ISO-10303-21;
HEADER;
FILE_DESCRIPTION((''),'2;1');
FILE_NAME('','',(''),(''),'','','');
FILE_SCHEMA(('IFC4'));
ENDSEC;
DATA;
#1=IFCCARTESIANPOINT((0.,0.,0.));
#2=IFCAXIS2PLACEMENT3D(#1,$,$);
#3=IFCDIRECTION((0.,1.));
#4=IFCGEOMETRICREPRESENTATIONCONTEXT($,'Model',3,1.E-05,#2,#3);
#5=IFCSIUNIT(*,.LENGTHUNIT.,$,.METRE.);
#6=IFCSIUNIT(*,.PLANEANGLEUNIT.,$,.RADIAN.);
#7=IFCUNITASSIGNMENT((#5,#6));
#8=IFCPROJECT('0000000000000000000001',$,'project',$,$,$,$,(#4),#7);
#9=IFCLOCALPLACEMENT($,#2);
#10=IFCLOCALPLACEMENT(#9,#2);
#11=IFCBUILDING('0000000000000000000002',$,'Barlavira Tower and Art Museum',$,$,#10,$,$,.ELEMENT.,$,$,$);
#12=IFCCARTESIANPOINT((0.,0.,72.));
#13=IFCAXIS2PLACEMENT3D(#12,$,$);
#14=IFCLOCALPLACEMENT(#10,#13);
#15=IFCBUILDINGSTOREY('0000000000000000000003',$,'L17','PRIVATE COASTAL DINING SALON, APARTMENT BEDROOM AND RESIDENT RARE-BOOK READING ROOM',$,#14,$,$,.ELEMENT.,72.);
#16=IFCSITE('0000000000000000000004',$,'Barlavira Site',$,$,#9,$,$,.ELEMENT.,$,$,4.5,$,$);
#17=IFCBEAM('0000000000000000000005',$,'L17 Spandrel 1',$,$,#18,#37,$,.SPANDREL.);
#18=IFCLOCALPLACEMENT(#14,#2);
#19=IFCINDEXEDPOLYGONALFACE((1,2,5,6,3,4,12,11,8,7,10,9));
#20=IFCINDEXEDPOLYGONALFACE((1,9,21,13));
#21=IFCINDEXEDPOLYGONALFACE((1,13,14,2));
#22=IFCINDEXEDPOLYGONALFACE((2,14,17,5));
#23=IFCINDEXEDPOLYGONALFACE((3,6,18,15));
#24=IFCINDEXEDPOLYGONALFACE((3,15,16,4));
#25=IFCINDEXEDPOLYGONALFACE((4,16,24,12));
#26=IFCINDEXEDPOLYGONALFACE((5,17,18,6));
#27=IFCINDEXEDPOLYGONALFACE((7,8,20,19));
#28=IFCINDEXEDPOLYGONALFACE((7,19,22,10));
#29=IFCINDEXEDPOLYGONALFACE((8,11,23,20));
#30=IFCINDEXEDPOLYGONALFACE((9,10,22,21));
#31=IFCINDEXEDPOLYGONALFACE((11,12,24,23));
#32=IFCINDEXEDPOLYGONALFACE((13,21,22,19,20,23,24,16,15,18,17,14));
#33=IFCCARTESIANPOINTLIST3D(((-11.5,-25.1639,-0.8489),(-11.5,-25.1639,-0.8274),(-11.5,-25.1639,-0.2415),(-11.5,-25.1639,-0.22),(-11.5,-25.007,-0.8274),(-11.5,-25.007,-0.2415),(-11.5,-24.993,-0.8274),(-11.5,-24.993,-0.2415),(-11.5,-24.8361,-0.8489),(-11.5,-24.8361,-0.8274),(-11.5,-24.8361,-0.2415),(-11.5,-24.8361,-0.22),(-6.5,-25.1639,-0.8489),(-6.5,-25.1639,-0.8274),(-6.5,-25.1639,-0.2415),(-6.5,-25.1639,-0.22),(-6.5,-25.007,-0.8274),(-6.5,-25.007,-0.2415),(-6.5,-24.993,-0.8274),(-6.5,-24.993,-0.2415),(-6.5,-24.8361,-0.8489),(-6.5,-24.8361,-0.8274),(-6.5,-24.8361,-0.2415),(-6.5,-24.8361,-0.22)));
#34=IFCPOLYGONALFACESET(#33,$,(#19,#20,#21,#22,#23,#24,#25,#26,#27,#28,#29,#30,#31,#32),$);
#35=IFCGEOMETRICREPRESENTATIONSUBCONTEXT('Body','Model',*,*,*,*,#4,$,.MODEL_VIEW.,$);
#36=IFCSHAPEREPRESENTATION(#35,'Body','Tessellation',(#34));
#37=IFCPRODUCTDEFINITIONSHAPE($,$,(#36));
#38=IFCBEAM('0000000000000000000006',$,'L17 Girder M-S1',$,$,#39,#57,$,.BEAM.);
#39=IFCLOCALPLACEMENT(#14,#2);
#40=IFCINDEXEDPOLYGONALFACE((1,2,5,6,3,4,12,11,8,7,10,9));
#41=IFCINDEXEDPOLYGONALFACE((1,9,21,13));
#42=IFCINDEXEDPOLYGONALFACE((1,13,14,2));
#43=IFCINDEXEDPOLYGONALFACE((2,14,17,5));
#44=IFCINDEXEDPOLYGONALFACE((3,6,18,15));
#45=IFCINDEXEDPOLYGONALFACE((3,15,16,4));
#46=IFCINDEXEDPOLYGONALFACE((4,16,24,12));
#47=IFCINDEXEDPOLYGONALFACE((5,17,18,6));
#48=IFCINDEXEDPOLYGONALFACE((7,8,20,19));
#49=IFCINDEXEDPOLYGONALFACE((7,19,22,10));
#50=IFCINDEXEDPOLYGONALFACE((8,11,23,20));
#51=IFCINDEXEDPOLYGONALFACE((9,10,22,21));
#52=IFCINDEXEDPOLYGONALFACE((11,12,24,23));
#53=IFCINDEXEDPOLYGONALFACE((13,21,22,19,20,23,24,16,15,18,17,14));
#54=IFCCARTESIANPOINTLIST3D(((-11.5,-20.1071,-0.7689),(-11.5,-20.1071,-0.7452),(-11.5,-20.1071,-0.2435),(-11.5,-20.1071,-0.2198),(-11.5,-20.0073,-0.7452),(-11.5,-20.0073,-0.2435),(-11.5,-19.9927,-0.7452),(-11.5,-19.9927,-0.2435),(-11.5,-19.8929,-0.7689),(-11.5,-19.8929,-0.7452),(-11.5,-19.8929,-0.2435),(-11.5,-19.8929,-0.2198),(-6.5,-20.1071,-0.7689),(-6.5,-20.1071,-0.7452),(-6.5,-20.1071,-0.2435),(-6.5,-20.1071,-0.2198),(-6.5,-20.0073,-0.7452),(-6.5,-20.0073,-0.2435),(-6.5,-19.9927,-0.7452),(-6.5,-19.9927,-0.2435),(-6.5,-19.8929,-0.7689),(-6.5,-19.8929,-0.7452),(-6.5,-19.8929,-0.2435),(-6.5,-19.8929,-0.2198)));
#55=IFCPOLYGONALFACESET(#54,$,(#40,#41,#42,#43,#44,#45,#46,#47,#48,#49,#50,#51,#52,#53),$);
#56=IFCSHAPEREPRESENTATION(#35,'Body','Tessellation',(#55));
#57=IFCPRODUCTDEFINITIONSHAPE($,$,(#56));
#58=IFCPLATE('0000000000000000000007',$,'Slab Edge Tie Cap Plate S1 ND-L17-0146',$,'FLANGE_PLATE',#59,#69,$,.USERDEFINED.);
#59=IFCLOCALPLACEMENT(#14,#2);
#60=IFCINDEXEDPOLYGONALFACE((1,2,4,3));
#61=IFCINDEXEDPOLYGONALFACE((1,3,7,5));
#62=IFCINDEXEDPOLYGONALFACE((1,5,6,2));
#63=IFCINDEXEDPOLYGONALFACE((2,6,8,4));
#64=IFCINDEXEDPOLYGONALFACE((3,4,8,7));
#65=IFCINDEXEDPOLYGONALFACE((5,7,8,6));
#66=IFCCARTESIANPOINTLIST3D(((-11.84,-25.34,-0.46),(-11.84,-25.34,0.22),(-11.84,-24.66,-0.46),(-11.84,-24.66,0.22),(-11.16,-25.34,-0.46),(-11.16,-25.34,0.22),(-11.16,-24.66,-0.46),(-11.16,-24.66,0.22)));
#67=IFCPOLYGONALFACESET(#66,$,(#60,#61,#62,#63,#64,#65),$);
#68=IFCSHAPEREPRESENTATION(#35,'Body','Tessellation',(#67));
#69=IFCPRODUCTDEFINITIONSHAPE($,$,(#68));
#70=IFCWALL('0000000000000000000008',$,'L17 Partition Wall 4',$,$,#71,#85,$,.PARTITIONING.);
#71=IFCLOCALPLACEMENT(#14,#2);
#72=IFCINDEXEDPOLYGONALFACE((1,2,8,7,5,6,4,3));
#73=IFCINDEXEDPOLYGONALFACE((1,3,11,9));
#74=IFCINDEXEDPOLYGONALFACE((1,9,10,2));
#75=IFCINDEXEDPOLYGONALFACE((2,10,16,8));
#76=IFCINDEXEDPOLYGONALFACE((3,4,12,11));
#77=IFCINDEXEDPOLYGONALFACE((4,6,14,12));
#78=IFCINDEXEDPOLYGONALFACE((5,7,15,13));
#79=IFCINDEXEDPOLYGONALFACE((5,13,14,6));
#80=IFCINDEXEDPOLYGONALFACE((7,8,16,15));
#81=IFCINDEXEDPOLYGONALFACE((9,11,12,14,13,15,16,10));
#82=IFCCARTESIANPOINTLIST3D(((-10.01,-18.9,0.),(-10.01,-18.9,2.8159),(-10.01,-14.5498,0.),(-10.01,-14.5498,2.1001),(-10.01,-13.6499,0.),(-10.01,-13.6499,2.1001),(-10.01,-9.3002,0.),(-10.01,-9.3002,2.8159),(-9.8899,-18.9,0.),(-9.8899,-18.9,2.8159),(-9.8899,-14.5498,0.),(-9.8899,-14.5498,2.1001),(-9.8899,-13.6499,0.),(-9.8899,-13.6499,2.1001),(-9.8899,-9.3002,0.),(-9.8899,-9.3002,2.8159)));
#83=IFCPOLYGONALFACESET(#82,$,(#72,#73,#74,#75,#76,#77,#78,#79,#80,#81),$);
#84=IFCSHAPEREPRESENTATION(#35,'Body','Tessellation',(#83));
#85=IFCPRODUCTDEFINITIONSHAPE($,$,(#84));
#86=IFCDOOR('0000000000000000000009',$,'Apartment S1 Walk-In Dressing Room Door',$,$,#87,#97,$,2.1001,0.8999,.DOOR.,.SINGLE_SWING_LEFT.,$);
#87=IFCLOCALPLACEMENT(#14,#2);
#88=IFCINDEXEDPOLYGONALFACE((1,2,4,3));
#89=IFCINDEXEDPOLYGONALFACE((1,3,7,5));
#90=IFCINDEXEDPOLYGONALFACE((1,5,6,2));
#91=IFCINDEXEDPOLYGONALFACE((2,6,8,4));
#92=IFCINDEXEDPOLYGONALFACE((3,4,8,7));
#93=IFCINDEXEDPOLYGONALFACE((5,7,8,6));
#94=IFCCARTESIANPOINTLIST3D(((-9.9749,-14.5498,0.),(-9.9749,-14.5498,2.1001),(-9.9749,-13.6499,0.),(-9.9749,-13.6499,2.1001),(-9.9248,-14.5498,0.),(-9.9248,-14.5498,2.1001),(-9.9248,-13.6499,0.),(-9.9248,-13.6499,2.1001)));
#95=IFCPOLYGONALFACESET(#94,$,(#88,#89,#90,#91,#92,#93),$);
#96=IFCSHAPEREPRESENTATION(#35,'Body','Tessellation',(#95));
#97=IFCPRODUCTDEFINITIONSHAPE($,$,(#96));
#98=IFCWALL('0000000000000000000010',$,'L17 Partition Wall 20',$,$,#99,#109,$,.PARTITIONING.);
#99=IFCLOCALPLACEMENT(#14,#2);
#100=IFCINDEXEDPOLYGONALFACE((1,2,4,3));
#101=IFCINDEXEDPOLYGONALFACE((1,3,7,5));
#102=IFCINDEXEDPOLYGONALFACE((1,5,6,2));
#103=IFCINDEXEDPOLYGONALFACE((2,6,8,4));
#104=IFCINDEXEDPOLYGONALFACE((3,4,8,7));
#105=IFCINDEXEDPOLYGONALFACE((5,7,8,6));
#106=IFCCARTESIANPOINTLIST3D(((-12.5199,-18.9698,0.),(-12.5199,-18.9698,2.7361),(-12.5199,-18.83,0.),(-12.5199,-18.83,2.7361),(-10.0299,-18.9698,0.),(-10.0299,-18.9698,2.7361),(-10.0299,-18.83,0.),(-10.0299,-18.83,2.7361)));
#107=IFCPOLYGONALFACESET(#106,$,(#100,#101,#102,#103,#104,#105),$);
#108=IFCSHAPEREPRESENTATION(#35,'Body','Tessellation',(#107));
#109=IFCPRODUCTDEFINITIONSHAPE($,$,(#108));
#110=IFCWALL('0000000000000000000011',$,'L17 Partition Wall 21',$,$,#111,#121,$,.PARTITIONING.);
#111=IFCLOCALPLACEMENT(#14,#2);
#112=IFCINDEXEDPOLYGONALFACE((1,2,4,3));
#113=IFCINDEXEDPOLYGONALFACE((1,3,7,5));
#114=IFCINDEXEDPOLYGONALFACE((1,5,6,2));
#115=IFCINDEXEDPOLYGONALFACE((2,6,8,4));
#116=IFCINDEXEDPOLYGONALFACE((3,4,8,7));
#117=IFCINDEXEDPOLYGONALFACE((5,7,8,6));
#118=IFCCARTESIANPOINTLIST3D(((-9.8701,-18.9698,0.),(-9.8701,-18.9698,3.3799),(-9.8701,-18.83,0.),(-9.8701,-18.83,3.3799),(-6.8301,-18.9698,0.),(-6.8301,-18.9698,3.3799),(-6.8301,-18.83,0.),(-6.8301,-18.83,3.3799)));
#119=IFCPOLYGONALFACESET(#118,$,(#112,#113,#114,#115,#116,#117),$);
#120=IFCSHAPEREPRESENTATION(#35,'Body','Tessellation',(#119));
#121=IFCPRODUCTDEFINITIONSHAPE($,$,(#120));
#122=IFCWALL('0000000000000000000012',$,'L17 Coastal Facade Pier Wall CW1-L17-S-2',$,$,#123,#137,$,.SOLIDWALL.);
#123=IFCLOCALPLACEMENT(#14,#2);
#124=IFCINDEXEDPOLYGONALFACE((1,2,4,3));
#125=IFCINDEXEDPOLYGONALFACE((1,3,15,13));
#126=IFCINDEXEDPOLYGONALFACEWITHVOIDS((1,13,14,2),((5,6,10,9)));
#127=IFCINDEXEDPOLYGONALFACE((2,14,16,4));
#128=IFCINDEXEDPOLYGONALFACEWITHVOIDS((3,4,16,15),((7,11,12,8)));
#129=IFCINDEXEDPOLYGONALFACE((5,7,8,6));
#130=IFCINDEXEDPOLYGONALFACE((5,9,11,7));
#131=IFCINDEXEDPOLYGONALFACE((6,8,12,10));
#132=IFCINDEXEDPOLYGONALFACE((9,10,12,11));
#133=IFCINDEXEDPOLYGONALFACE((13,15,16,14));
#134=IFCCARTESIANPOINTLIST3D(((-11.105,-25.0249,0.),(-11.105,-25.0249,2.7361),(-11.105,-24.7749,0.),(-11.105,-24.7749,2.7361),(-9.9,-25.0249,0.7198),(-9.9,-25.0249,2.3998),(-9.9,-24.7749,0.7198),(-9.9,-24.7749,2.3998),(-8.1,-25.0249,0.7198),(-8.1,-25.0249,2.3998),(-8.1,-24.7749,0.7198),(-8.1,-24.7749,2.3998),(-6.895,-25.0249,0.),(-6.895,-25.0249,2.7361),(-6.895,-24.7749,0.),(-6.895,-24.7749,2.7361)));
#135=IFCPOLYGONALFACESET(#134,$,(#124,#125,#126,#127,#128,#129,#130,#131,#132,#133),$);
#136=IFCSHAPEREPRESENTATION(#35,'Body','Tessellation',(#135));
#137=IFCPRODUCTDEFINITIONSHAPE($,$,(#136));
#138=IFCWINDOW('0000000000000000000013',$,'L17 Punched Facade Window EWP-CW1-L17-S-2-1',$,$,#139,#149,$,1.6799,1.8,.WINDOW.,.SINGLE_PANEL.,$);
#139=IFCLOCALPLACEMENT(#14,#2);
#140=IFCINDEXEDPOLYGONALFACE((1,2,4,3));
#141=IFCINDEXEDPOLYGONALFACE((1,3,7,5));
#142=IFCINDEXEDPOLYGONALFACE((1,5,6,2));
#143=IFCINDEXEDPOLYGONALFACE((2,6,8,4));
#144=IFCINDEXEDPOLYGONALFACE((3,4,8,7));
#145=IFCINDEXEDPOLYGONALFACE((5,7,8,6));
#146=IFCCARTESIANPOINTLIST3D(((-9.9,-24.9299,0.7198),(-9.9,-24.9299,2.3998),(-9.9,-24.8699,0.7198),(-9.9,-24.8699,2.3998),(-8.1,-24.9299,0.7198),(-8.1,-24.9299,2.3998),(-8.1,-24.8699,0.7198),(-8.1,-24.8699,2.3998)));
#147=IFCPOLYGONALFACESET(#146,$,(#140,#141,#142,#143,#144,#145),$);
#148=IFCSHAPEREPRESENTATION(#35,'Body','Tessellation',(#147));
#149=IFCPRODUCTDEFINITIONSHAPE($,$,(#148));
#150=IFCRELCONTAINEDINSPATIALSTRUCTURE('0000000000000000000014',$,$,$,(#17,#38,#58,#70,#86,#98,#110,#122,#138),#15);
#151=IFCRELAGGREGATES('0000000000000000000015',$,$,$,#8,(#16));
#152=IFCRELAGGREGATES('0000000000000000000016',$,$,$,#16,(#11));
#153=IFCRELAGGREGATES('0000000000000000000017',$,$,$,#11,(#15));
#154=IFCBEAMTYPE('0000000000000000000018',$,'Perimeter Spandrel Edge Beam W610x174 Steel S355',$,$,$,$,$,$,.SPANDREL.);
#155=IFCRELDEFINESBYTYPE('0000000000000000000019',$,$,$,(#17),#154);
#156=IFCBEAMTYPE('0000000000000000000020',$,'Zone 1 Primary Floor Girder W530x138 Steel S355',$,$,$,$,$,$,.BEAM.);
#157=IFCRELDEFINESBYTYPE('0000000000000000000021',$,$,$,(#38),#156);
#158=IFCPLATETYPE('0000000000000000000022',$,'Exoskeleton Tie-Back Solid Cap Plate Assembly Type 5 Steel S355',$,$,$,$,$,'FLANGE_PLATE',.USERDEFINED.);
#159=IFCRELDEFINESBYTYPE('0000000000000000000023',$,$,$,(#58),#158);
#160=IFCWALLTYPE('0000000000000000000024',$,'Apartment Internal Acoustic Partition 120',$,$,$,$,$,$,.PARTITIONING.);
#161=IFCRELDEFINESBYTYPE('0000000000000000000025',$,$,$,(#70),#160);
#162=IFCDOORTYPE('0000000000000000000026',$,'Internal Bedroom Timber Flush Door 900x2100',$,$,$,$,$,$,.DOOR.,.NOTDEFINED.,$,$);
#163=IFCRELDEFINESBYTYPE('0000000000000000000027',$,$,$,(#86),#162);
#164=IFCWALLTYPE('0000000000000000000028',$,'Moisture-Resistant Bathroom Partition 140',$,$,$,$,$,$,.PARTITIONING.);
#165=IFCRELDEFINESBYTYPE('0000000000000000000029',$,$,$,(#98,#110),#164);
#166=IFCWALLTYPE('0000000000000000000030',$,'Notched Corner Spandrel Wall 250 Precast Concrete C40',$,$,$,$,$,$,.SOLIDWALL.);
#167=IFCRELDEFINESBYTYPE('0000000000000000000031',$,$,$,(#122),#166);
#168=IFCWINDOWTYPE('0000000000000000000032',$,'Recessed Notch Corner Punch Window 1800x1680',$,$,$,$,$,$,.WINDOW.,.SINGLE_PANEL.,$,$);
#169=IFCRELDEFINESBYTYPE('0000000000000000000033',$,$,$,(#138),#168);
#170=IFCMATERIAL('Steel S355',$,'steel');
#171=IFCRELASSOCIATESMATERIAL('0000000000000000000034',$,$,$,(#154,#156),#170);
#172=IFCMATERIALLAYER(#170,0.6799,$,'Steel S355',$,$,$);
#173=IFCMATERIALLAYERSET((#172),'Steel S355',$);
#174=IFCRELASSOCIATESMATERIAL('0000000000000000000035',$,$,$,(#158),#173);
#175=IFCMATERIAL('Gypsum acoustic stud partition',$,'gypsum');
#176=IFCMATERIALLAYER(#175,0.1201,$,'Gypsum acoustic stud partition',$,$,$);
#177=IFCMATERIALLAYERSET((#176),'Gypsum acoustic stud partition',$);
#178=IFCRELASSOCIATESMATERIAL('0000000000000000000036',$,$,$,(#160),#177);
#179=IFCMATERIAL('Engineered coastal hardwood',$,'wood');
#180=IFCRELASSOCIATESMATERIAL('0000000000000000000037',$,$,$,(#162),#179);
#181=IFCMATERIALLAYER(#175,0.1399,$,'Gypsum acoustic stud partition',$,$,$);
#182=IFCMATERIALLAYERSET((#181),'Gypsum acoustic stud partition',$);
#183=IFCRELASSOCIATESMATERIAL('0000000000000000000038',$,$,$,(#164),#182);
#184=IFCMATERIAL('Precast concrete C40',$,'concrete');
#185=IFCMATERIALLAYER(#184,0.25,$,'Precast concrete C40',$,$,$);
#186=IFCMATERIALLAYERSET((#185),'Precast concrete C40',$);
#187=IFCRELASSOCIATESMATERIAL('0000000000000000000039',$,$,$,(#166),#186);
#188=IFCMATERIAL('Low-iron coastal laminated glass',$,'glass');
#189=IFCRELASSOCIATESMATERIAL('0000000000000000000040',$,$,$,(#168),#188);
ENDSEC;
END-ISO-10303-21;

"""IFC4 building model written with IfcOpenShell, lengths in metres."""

from ifc_helpers import new_model, si_unit, direction, frame, frame_2d, origin, origin_2d, place, context, subcontext, project, spatial, rectangle, i_section, extrude, material, layer, layer_set, material_profile, profile_set, type_object, element, fill, save


model = new_model("IFC4")

# Units and contexts
model_context = context("Model", 3, precision=1e-05, world=origin(), true_north=direction((0.0, 1.0)))
body_context = subcontext(model_context, "Body", "Model", "MODEL_VIEW")
ifc_project = project(units=[si_unit("LENGTHUNIT", "METRE"), si_unit("PLANEANGLEUNIT", "RADIAN")], contexts=[model_context])

# Site, building, storey
site_placement = place(None, origin())
site = spatial("IfcSite", under=ifc_project, at=site_placement, Name="Barlavira Site", CompositionType="ELEMENT", RefElevation=4.5)
building_placement = place(site_placement, origin())
building = spatial("IfcBuilding", under=site, at=building_placement, Name="Barlavira Tower and Art Museum", CompositionType="ELEMENT")
storey_placement = place(building_placement, frame((0.0, 0.0, 72.0)))
storey = spatial("IfcBuildingStorey", under=building, at=storey_placement, Name="L17", Description="PRIVATE COASTAL DINING SALON, APARTMENT BEDROOM AND RESIDENT RARE-BOOK READING ROOM", CompositionType="ELEMENT", Elevation=72.0)

# Shared definitions
ifc_material_1 = material(Name="Steel S355", Category="steel")

# Beams
ifc_material_profile_1 = material_profile(ifc_material_1, i_section(OverallWidth=0.3279, OverallDepth=0.6289, WebThickness=0.0139, FlangeThickness=0.0215, at=origin_2d()), Name="W610x174.0")
ifc_profile_set_1 = profile_set([ifc_material_profile_1], Name="Steel S355")
beam_type_1 = type_object("IfcBeamType", Name="Perimeter Spandrel Edge Beam W610x174 Steel S355", PredefinedType="SPANDREL", material=ifc_profile_set_1)
beam_1_placement = place(storey_placement, frame((-11.5, -25.0, -0.5344), z_axis=(1.0, 0.0, 0.0), x_axis=(0.0, 1.0, 0.0)))
element("IfcBeam", 1, at=beam_1_placement, inside=storey, type_object=beam_type_1, Name="L17 Spandrel 1", PredefinedType="SPANDREL", context=body_context, shape_type="SweptSolid", body=[
    extrude(i_section(OverallWidth=0.3279, OverallDepth=0.6289, WebThickness=0.0139, FlangeThickness=0.0215, at=origin_2d()), origin(), (0.0, 0.0, 1.0), 5.0),
])
ifc_material_profile_2 = material_profile(ifc_material_1, i_section(OverallWidth=0.2141, OverallDepth=0.5491, WebThickness=0.0146, FlangeThickness=0.0237, at=origin_2d()), Name="W530x138.0")
ifc_profile_set_2 = profile_set([ifc_material_profile_2], Name="Steel S355")
beam_type_2 = type_object("IfcBeamType", Name="Zone 1 Primary Floor Girder W530x138 Steel S355", PredefinedType="BEAM", material=ifc_profile_set_2)
beam_2_placement = place(storey_placement, frame((-11.5, -20.0, -0.4944), z_axis=(1.0, 0.0, 0.0), x_axis=(0.0, 1.0, 0.0)))
element("IfcBeam", 2, at=beam_2_placement, inside=storey, type_object=beam_type_2, Name="L17 Girder M-S1", PredefinedType="BEAM", context=body_context, shape_type="SweptSolid", body=[
    extrude(i_section(OverallWidth=0.2141, OverallDepth=0.5491, WebThickness=0.0146, FlangeThickness=0.0237, at=origin_2d()), origin(), (0.0, 0.0, 1.0), 5.0),
])

# Plate
ifc_layer_1 = layer(ifc_material_1, 0.6799, Name="Steel S355")
ifc_layer_set_1 = layer_set([ifc_layer_1], Name="Steel S355")
plate_type = type_object("IfcPlateType", Name="Exoskeleton Tie-Back Solid Cap Plate Assembly Type 5 Steel S355", ElementType="FLANGE_PLATE", PredefinedType="USERDEFINED", material=ifc_layer_set_1)
plate_placement = place(storey_placement, frame((-11.5, -25.0, -0.46), z_axis=(0.0, 0.0, 1.0), x_axis=(1.0, 0.0, 0.0)))
element("IfcPlate", 3, at=plate_placement, inside=storey, type_object=plate_type, Name="Slab Edge Tie Cap Plate S1 ND-L17-0146", ObjectType="FLANGE_PLATE", PredefinedType="USERDEFINED", context=body_context, shape_type="SweptSolid", body=[
    extrude(rectangle(XDim=0.6799, YDim=0.6799, at=origin_2d()), origin(), (0.0, 0.0, 1.0), 0.6799),
])

# Wall, opening, door
ifc_material_2 = material(Name="Gypsum acoustic stud partition", Category="gypsum")
ifc_layer_2 = layer(ifc_material_2, 0.1201, Name="Gypsum acoustic stud partition")
ifc_layer_set_2 = layer_set([ifc_layer_2], Name="Gypsum acoustic stud partition")
wall_type_1 = type_object("IfcWallType", Name="Apartment Internal Acoustic Partition 120", PredefinedType="PARTITIONING", material=ifc_layer_set_2)
wall_1_placement = place(storey_placement, frame((-9.95, -18.8999, 0.0), z_axis=(0.0, 0.0, 1.0), x_axis=(0.0, 1.0, 0.0)))
wall_1 = element("IfcWall", 4, at=wall_1_placement, inside=storey, type_object=wall_type_1, Name="L17 Partition Wall 4", PredefinedType="PARTITIONING", context=body_context, shape_type="SweptSolid", body=[
    extrude(rectangle(XDim=9.5999, YDim=0.1201, at=frame_2d((4.7998, 0.0))), origin(), (0.0, 0.0, 1.0), 2.8159),
])
opening_1_placement = place(wall_1_placement, frame((4.3501, 0.0, 0.0)))
opening_1 = element("IfcOpeningElement", 5, at=opening_1_placement, cuts=wall_1, PredefinedType="OPENING", context=body_context, shape_type="SweptSolid", body=[
    extrude(rectangle(XDim=0.8999, YDim=2.1001, at=frame_2d((0.45, 1.05))), frame((0.0, 0.0701, 0.0), z_axis=(0.0, -1.0, 0.0), x_axis=(1.0, 0.0, 0.0)), (0.0, 0.0, 1.0), 0.1401),
])
ifc_material_3 = material(Name="Engineered coastal hardwood", Category="wood")
door_type = type_object("IfcDoorType", Name="Internal Bedroom Timber Flush Door 900x2100", OperationType="NOTDEFINED", PredefinedType="DOOR", material=ifc_material_3)
door_placement = place(opening_1_placement, origin())
door = element("IfcDoor", 6, at=door_placement, inside=storey, type_object=door_type, Name="Apartment S1 Walk-In Dressing Room Door", OperationType="SINGLE_SWING_LEFT", OverallHeight=2.1001, OverallWidth=0.8999, PredefinedType="DOOR", context=body_context, shape_type="SweptSolid", body=[
    extrude(rectangle(XDim=0.8999, YDim=2.1001, at=frame_2d((0.45, 1.05))), frame((0.0, 0.0249, 0.0), z_axis=(0.0, -1.0, 0.0), x_axis=(1.0, 0.0, 0.0)), (0.0, 0.0, 1.0), 0.05),
])
fill(opening_1, door)

# Walls
ifc_layer_3 = layer(ifc_material_2, 0.1399, Name="Gypsum acoustic stud partition")
ifc_layer_set_3 = layer_set([ifc_layer_3], Name="Gypsum acoustic stud partition")
wall_type_2 = type_object("IfcWallType", Name="Moisture-Resistant Bathroom Partition 140", PredefinedType="PARTITIONING", material=ifc_layer_set_3)
wall_2_placement = place(storey_placement, frame((-12.52, -18.8999, 0.0), z_axis=(0.0, 0.0, 1.0), x_axis=(1.0, 0.0, 0.0)))
element("IfcWall", 7, at=wall_2_placement, inside=storey, type_object=wall_type_2, Name="L17 Partition Wall 20", PredefinedType="PARTITIONING", context=body_context, shape_type="SweptSolid", body=[
    extrude(rectangle(XDim=2.49, YDim=0.1399, at=frame_2d((1.2451, 0.0))), origin(), (0.0, 0.0, 1.0), 2.7361),
])
wall_3_placement = place(storey_placement, frame((-9.8701, -18.8999, 0.0), z_axis=(0.0, 0.0, 1.0), x_axis=(1.0, 0.0, 0.0)))
element("IfcWall", 8, at=wall_3_placement, inside=storey, type_object=wall_type_2, Name="L17 Partition Wall 21", PredefinedType="PARTITIONING", context=body_context, shape_type="SweptSolid", body=[
    extrude(rectangle(XDim=3.04, YDim=0.1399, at=frame_2d((1.52, 0.0))), origin(), (0.0, 0.0, 1.0), 3.3799),
])

# Wall, opening, window
ifc_material_4 = material(Name="Precast concrete C40", Category="concrete")
ifc_layer_4 = layer(ifc_material_4, 0.25, Name="Precast concrete C40")
ifc_layer_set_4 = layer_set([ifc_layer_4], Name="Precast concrete C40")
wall_type_3 = type_object("IfcWallType", Name="Notched Corner Spandrel Wall 250 Precast Concrete C40", PredefinedType="SOLIDWALL", material=ifc_layer_set_4)
wall_4_placement = place(storey_placement, frame((-11.105, -24.8999, 0.0), z_axis=(0.0, 0.0, 1.0), x_axis=(1.0, 0.0, 0.0)))
wall_4 = element("IfcWall", 9, at=wall_4_placement, inside=storey, type_object=wall_type_3, Name="L17 Coastal Facade Pier Wall CW1-L17-S-2", PredefinedType="SOLIDWALL", context=body_context, shape_type="SweptSolid", body=[
    extrude(rectangle(XDim=4.21, YDim=0.25, at=frame_2d((2.105, 0.0))), origin(), (0.0, 0.0, 1.0), 2.7361),
])
opening_2_placement = place(wall_4_placement, frame((1.2051, 0.0, 0.72)))
opening_2 = element("IfcOpeningElement", 10, at=opening_2_placement, cuts=wall_4, PredefinedType="OPENING", context=body_context, shape_type="SweptSolid", body=[
    extrude(rectangle(XDim=1.8, YDim=1.6799, at=frame_2d((0.8999, 0.8398))), frame((0.0, 0.135, 0.0), z_axis=(0.0, -1.0, 0.0), x_axis=(1.0, 0.0, 0.0)), (0.0, 0.0, 1.0), 0.27),
])
ifc_material_5 = material(Name="Low-iron coastal laminated glass", Category="glass")
window_type = type_object("IfcWindowType", Name="Recessed Notch Corner Punch Window 1800x1680", PartitioningType="SINGLE_PANEL", PredefinedType="WINDOW", material=ifc_material_5)
window_placement = place(opening_2_placement, origin())
window = element("IfcWindow", 11, at=window_placement, inside=storey, type_object=window_type, Name="L17 Punched Facade Window EWP-CW1-L17-S-2-1", OverallHeight=1.6799, OverallWidth=1.8, PartitioningType="SINGLE_PANEL", PredefinedType="WINDOW", context=body_context, shape_type="SweptSolid", body=[
    extrude(rectangle(XDim=1.8, YDim=1.6799, at=frame_2d((0.8999, 0.8398))), frame((0.0, 0.03, 0.0), z_axis=(0.0, -1.0, 0.0), x_axis=(1.0, 0.0, 0.0)), (0.0, 0.0, 1.0), 0.0601),
])
fill(opening_2, window)

save(model, "model.ifc")
